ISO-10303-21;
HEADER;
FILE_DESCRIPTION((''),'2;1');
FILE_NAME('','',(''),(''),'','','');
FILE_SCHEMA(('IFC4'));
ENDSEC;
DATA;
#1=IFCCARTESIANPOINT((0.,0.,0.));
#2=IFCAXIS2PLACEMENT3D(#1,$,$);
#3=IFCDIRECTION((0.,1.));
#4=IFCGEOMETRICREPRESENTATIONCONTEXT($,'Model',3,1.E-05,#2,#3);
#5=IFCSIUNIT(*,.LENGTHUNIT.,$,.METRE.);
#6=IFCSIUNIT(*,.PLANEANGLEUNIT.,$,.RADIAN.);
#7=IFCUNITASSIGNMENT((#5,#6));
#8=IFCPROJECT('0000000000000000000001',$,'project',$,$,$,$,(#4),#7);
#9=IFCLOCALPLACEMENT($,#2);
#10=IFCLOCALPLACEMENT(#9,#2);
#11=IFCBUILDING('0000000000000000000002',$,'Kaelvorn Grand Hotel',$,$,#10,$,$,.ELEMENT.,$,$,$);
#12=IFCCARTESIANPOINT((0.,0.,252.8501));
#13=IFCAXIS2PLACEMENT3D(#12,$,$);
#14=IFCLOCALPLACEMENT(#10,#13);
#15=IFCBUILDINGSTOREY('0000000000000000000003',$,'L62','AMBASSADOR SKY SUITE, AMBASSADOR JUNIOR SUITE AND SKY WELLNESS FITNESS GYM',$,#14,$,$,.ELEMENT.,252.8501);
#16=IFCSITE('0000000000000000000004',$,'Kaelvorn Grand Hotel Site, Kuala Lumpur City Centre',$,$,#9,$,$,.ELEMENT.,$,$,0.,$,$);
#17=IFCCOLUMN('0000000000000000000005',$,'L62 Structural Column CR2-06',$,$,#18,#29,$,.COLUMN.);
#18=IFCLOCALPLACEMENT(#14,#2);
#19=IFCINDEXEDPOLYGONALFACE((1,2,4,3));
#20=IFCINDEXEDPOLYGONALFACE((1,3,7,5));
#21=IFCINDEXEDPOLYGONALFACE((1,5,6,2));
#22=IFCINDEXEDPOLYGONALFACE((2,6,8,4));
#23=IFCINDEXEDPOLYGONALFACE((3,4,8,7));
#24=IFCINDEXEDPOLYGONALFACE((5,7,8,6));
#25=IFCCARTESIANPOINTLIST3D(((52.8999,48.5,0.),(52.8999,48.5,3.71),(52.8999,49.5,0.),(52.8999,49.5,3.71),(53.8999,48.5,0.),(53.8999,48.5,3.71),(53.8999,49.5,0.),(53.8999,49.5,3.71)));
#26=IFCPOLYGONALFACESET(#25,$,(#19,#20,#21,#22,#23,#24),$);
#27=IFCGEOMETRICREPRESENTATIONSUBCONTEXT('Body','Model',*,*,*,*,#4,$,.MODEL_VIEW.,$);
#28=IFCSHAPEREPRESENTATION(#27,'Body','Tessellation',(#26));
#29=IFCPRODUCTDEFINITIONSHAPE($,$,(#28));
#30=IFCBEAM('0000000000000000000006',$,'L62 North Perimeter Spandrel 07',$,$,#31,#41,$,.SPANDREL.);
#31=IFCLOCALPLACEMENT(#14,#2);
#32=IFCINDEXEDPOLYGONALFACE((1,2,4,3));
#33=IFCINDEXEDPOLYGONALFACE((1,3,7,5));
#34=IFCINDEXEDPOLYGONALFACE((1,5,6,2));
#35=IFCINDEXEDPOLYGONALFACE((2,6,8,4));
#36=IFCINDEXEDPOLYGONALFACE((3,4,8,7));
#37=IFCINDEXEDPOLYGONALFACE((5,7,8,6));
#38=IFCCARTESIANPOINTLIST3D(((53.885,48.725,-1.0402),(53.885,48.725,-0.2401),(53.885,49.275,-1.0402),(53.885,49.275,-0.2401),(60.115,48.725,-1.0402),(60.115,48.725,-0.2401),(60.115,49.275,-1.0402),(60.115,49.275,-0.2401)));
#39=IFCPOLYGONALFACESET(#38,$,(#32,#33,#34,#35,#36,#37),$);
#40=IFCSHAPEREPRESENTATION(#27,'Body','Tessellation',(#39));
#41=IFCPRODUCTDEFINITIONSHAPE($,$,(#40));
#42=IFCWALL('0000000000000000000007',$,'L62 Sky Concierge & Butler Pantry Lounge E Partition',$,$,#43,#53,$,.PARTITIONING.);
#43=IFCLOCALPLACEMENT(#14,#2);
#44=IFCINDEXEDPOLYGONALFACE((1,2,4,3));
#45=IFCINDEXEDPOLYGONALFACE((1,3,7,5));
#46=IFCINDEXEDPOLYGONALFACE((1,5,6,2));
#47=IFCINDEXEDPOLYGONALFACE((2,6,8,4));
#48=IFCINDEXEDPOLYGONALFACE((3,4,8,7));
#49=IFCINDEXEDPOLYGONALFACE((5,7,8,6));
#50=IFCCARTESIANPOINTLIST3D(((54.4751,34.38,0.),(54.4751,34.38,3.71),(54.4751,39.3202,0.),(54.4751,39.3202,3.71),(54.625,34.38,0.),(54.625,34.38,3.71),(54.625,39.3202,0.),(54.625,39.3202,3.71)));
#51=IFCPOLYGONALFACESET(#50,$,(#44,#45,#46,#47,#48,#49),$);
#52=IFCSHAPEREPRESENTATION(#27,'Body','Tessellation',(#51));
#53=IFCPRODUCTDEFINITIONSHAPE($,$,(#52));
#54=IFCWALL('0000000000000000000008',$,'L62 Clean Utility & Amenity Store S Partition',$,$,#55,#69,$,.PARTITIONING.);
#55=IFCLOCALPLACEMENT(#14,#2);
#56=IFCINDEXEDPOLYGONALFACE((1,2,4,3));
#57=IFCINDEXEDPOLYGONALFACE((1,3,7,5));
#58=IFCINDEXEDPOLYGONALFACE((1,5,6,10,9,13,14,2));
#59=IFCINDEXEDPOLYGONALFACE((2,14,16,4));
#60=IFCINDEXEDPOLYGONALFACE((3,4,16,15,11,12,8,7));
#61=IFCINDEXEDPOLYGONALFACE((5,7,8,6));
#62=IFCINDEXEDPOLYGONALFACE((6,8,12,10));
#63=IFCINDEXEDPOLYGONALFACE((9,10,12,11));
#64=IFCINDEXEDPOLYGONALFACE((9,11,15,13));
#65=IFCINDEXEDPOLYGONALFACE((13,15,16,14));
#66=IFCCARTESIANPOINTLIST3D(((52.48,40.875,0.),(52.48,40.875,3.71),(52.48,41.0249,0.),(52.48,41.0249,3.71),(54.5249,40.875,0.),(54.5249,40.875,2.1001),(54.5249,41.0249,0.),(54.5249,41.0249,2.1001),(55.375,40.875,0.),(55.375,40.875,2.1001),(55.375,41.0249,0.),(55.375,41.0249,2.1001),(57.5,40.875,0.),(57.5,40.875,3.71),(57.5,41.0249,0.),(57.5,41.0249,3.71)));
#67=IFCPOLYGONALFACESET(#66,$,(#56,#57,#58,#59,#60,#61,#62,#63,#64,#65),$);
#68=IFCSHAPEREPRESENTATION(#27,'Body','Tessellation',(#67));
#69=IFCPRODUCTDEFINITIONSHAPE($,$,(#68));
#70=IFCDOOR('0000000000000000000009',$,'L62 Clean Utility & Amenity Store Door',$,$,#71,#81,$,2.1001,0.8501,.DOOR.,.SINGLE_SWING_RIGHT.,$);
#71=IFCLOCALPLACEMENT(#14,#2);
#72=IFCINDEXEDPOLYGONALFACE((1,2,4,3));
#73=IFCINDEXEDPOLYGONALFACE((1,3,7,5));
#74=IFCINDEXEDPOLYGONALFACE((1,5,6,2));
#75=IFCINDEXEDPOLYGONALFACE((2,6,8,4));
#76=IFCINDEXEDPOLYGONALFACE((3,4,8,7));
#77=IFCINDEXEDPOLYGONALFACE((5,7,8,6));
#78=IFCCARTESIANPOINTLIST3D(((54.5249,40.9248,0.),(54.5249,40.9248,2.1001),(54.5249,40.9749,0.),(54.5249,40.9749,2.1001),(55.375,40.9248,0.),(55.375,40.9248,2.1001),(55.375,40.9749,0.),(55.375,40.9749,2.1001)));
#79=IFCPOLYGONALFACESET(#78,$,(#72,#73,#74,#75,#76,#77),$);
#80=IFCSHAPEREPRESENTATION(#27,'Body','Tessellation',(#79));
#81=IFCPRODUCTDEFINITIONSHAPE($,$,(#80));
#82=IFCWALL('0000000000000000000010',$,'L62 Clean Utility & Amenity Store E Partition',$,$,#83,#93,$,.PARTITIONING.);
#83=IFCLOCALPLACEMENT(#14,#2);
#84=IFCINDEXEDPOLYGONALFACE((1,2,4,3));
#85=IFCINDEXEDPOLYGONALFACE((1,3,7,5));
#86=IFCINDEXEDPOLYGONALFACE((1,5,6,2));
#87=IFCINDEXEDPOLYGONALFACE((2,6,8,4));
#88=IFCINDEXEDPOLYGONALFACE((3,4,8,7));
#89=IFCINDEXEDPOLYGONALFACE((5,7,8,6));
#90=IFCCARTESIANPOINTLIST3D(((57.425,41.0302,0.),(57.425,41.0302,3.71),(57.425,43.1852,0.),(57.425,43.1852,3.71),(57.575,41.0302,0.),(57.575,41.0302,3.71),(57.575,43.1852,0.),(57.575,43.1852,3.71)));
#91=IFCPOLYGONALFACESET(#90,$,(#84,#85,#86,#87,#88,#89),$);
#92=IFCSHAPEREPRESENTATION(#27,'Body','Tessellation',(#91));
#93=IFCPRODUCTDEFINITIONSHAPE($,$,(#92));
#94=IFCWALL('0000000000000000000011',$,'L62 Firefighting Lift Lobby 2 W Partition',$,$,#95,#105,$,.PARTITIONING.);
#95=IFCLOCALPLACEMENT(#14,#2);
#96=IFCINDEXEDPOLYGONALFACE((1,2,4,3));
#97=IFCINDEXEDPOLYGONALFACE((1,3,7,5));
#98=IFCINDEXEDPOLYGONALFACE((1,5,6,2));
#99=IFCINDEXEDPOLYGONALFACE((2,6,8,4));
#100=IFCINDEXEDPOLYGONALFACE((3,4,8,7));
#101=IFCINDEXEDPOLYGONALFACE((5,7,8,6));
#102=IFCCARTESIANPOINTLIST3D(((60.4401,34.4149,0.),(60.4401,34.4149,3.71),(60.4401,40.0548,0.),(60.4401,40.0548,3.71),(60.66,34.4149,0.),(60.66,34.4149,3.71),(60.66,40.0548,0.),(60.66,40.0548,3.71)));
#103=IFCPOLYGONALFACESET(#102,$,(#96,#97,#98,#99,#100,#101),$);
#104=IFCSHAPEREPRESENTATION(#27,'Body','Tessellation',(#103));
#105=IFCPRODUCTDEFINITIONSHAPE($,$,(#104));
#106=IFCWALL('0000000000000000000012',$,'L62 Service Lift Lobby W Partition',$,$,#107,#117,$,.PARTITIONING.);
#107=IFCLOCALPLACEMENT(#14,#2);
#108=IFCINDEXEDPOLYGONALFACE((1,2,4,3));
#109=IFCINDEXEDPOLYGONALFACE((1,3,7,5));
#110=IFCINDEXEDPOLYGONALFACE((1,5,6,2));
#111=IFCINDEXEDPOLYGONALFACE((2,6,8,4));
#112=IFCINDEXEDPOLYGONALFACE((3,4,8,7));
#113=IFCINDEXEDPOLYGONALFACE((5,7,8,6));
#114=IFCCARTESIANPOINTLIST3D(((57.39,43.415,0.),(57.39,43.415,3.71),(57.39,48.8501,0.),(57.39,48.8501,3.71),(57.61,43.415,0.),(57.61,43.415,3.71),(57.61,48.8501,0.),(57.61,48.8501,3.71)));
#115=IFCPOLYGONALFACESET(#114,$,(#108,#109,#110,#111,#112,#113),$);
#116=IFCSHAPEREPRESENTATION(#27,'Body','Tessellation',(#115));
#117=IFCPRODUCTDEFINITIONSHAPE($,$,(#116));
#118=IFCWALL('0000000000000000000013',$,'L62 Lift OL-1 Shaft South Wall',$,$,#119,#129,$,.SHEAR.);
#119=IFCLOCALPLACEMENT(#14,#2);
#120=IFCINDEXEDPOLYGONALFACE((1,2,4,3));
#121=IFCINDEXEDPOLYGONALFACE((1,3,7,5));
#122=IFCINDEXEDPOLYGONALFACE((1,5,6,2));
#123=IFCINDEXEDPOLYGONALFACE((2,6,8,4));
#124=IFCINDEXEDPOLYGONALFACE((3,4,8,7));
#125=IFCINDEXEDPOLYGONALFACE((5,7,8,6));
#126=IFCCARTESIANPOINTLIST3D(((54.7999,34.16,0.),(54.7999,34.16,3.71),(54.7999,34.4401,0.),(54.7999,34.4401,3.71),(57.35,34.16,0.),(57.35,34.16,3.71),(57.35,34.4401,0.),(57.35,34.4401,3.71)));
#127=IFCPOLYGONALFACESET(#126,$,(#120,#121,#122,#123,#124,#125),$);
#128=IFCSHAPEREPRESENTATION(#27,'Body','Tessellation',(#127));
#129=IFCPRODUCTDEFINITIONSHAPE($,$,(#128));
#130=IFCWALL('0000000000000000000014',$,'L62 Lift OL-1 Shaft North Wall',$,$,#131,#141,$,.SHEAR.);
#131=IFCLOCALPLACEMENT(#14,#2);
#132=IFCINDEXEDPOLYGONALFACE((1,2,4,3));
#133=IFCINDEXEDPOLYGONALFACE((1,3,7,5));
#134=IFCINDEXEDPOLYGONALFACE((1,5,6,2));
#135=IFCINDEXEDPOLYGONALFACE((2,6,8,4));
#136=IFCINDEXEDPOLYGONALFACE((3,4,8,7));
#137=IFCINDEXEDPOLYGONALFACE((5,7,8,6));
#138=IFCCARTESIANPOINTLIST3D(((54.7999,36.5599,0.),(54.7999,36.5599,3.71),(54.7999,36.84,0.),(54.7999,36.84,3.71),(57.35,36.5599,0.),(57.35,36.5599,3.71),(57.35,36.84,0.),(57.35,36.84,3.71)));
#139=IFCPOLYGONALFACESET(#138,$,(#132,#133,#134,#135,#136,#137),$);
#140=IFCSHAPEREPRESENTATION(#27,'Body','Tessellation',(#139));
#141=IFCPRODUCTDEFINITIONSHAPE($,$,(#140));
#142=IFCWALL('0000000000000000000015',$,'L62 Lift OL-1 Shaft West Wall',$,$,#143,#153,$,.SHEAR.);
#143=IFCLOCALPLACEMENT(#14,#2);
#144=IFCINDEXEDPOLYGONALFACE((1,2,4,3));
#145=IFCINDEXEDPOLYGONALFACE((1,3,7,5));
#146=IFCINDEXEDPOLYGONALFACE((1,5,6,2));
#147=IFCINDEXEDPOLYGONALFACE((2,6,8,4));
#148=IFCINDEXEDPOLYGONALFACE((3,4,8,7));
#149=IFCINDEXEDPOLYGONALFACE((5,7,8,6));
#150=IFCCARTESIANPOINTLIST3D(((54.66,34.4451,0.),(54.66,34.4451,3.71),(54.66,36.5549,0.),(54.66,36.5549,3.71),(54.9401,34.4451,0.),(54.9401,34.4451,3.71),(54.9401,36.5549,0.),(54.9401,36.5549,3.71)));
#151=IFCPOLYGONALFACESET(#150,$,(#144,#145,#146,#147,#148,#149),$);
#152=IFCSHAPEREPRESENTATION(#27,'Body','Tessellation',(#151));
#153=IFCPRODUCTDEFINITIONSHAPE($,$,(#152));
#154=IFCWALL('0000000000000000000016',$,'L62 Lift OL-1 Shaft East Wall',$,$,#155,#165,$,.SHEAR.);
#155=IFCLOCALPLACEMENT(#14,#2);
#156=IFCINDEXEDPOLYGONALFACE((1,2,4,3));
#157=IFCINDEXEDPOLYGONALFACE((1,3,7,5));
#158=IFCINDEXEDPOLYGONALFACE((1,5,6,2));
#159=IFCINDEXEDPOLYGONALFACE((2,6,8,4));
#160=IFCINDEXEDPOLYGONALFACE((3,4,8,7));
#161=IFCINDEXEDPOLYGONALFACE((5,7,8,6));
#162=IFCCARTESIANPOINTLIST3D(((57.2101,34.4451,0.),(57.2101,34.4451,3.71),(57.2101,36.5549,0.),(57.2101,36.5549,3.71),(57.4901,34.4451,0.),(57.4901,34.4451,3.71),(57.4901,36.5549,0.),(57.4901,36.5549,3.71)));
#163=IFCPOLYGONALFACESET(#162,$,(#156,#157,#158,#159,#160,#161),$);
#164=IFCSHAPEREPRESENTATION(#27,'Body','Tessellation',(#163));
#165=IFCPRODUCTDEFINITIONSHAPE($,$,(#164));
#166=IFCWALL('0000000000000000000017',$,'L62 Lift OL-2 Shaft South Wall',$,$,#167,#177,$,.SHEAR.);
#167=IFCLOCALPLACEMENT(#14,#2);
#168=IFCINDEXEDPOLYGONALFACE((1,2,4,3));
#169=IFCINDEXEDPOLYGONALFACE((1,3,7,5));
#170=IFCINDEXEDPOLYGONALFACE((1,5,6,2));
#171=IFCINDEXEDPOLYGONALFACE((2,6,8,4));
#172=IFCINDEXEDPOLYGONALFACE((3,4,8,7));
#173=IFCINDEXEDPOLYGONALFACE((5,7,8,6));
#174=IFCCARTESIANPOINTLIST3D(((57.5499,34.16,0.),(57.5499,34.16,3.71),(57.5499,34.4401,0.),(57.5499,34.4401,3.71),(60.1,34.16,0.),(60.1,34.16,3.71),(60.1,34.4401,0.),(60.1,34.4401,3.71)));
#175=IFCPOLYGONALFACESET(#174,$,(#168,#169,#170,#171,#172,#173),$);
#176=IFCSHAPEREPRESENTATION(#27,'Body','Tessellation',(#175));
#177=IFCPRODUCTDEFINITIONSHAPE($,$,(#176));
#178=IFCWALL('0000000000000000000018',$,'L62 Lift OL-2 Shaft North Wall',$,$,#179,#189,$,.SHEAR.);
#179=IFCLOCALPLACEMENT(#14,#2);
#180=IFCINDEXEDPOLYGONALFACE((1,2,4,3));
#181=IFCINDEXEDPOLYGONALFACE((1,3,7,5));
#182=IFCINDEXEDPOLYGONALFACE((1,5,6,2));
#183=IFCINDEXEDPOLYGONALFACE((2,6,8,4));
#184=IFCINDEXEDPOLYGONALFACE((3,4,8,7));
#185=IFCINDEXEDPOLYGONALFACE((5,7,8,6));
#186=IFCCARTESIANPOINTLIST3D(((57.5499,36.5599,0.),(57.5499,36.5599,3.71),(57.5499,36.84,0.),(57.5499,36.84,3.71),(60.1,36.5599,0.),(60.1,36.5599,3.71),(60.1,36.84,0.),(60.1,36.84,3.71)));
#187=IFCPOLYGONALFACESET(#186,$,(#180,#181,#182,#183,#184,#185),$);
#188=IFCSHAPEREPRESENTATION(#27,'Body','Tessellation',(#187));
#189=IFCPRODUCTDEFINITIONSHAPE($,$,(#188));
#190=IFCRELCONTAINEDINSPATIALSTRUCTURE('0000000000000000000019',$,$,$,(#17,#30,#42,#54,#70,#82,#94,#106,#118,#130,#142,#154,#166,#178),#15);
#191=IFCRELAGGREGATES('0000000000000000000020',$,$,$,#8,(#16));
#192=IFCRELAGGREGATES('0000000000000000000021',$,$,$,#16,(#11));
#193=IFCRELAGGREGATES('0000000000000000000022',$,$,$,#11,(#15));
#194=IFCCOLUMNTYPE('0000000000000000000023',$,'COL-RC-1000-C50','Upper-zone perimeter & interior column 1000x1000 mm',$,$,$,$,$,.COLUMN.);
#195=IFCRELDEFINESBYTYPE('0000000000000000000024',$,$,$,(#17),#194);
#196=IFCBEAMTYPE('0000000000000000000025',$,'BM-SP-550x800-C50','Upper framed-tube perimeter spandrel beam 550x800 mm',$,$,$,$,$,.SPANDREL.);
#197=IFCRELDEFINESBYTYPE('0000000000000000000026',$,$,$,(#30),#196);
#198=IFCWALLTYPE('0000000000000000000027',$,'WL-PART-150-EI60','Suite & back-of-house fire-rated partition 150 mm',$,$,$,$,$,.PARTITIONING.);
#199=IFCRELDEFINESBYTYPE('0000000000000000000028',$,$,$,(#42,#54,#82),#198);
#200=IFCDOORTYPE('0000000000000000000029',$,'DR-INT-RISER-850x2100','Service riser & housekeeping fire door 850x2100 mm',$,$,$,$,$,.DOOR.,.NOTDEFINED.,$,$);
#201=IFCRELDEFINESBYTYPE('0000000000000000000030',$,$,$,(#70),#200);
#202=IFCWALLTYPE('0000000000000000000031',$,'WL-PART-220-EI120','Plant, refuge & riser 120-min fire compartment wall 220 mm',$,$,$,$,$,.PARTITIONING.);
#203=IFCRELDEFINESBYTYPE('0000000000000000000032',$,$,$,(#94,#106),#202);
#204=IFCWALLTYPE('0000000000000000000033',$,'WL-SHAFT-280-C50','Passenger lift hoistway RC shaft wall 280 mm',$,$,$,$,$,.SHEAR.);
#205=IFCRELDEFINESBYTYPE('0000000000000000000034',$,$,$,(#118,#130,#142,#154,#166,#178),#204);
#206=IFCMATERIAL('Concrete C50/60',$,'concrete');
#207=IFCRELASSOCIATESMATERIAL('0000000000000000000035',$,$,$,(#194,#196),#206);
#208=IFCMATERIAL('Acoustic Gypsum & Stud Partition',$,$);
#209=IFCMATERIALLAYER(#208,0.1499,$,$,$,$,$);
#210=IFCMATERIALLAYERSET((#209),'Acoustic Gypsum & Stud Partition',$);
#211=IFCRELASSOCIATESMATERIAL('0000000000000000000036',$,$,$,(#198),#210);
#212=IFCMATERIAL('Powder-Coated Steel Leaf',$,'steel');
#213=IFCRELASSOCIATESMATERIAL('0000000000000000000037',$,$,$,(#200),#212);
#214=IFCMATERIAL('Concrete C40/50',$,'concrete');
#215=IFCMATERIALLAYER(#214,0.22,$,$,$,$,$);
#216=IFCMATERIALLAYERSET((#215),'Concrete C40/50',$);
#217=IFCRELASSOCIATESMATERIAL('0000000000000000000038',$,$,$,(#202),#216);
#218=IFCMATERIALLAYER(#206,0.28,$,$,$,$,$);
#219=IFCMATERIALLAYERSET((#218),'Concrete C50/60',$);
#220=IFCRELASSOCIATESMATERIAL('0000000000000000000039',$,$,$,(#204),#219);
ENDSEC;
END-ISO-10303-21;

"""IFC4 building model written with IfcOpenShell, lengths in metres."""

from ifc_helpers import new_model, si_unit, direction, frame, frame_2d, origin, origin_2d, place, context, subcontext, project, spatial, rectangle, extrude, material, layer, layer_set, material_profile, profile_set, type_object, element, fill, save


model = new_model("IFC4")

# Units and contexts
model_context = context("Model", 3, precision=1e-05, world=origin(), true_north=direction((0.0, 1.0)))
body_context = subcontext(model_context, "Body", "Model", "MODEL_VIEW")
ifc_project = project(units=[si_unit("LENGTHUNIT", "METRE"), si_unit("PLANEANGLEUNIT", "RADIAN")], contexts=[model_context])

# Site, building, storey
site_placement = place(None, origin())
site = spatial("IfcSite", under=ifc_project, at=site_placement, Name="Kaelvorn Grand Hotel Site, Kuala Lumpur City Centre", CompositionType="ELEMENT", RefElevation=0.0)
building_placement = place(site_placement, origin())
building = spatial("IfcBuilding", under=site, at=building_placement, Name="Kaelvorn Grand Hotel", CompositionType="ELEMENT")
storey_placement = place(building_placement, frame((0.0, 0.0, 252.8501)))
storey = spatial("IfcBuildingStorey", under=building, at=storey_placement, Name="L62", Description="AMBASSADOR SKY SUITE, AMBASSADOR JUNIOR SUITE AND SKY WELLNESS FITNESS GYM", CompositionType="ELEMENT", Elevation=252.8501)

# Column
ifc_material_1 = material(Name="Concrete C50/60", Category="concrete")
ifc_material_profile_1 = material_profile(ifc_material_1, rectangle(XDim=1.0, YDim=1.0, at=origin_2d()), Name="RC COL 1000x1000")
ifc_profile_set_1 = profile_set([ifc_material_profile_1], Name="Concrete C50/60")
column_type = type_object("IfcColumnType", Name="COL-RC-1000-C50", Description="Upper-zone perimeter & interior column 1000x1000 mm", PredefinedType="COLUMN", material=ifc_profile_set_1)
column_placement = place(storey_placement, frame((53.3999, 49.0, 0.0), z_axis=(0.0, 0.0, 1.0), x_axis=(1.0, 0.0, 0.0)))
element("IfcColumn", 1, at=column_placement, inside=storey, type_object=column_type, Name="L62 Structural Column CR2-06", PredefinedType="COLUMN", context=body_context, shape_type="SweptSolid", body=[
    extrude(rectangle(XDim=1.0, YDim=1.0, at=origin_2d()), origin(), (0.0, 0.0, 1.0), 3.71),
])

# Beam
ifc_material_profile_2 = material_profile(ifc_material_1, rectangle(XDim=0.55, YDim=0.8, at=origin_2d()), Name="RC SPANDREL 550x800")
ifc_profile_set_2 = profile_set([ifc_material_profile_2], Name="Concrete C50/60")
beam_type = type_object("IfcBeamType", Name="BM-SP-550x800-C50", Description="Upper framed-tube perimeter spandrel beam 550x800 mm", PredefinedType="SPANDREL", material=ifc_profile_set_2)
beam_placement = place(storey_placement, frame((53.885, 49.0, -0.6401), z_axis=(1.0, 0.0, 0.0), x_axis=(0.0, 1.0, 0.0)))
element("IfcBeam", 2, at=beam_placement, inside=storey, type_object=beam_type, Name="L62 North Perimeter Spandrel 07", PredefinedType="SPANDREL", context=body_context, shape_type="SweptSolid", body=[
    extrude(rectangle(XDim=0.55, YDim=0.8, at=origin_2d()), origin(), (0.0, 0.0, 1.0), 6.23),
])

# Wall
ifc_material_2 = material(Name="Acoustic Gypsum & Stud Partition")
ifc_layer_1 = layer(ifc_material_2, 0.1499)
ifc_layer_set_1 = layer_set([ifc_layer_1], Name="Acoustic Gypsum & Stud Partition")
wall_type_1 = type_object("IfcWallType", Name="WL-PART-150-EI60", Description="Suite & back-of-house fire-rated partition 150 mm", PredefinedType="PARTITIONING", material=ifc_layer_set_1)
wall_1_placement = place(storey_placement, frame((54.55, 34.3799, 0.0), z_axis=(0.0, 0.0, 1.0), x_axis=(0.0, 1.0, 0.0)))
element("IfcWall", 3, at=wall_1_placement, inside=storey, type_object=wall_type_1, Name="L62 Sky Concierge & Butler Pantry Lounge E Partition", PredefinedType="PARTITIONING", context=body_context, shape_type="SweptSolid", body=[
    extrude(rectangle(XDim=4.9402, YDim=0.1499, at=frame_2d((2.4702, 0.0))), origin(), (0.0, 0.0, 1.0), 3.71),
])

# Wall, opening, door
wall_2_placement = place(storey_placement, frame((52.48, 40.95, 0.0), z_axis=(0.0, 0.0, 1.0), x_axis=(1.0, 0.0, 0.0)))
wall_2 = element("IfcWall", 4, at=wall_2_placement, inside=storey, type_object=wall_type_1, Name="L62 Clean Utility & Amenity Store S Partition", PredefinedType="PARTITIONING", context=body_context, shape_type="SweptSolid", body=[
    extrude(rectangle(XDim=5.02, YDim=0.1499, at=frame_2d((2.51, 0.0))), origin(), (0.0, 0.0, 1.0), 3.71),
])
opening_1_placement = place(wall_2_placement, frame((2.0449, 0.0, 0.0)))
opening_1 = element("IfcOpeningElement", 5, at=opening_1_placement, cuts=wall_2, PredefinedType="OPENING", context=body_context, shape_type="SweptSolid", body=[
    extrude(rectangle(XDim=0.8501, YDim=2.1001, at=frame_2d((0.425, 1.05))), frame((0.0, 0.085, 0.0), z_axis=(0.0, -1.0, 0.0), x_axis=(1.0, 0.0, 0.0)), (0.0, 0.0, 1.0), 0.1699),
])
ifc_material_3 = material(Name="Powder-Coated Steel Leaf", Category="steel")
door_type_1 = type_object("IfcDoorType", Name="DR-INT-RISER-850x2100", Description="Service riser & housekeeping fire door 850x2100 mm", OperationType="NOTDEFINED", PredefinedType="DOOR", material=ifc_material_3)
door_1_placement = place(opening_1_placement, origin())
door_1 = element("IfcDoor", 6, at=door_1_placement, inside=storey, type_object=door_type_1, Name="L62 Clean Utility & Amenity Store Door", OperationType="SINGLE_SWING_RIGHT", OverallHeight=2.1001, OverallWidth=0.8501, PredefinedType="DOOR", context=body_context, shape_type="SweptSolid", body=[
    extrude(rectangle(XDim=0.8501, YDim=2.1001, at=frame_2d((0.425, 1.05))), frame((0.0, 0.0249, 0.0), z_axis=(0.0, -1.0, 0.0), x_axis=(1.0, 0.0, 0.0)), (0.0, 0.0, 1.0), 0.05),
])
fill(opening_1, door_1)

# Wall
wall_3_placement = place(storey_placement, frame((57.5, 41.03, 0.0), z_axis=(0.0, 0.0, 1.0), x_axis=(0.0, 1.0, 0.0)))
element("IfcWall", 7, at=wall_3_placement, inside=storey, type_object=wall_type_1, Name="L62 Clean Utility & Amenity Store E Partition", PredefinedType="PARTITIONING", context=body_context, shape_type="SweptSolid", body=[
    extrude(rectangle(XDim=2.155, YDim=0.1499, at=frame_2d((1.0776, 0.0))), origin(), (0.0, 0.0, 1.0), 3.71),
])

# Shared definitions
ifc_material_4 = material(Name="Concrete C40/50", Category="concrete")
ifc_layer_2 = layer(ifc_material_4, 0.22)
ifc_layer_set_2 = layer_set([ifc_layer_2], Name="Concrete C40/50")
wall_type_2 = type_object("IfcWallType", Name="WL-PART-220-EI120", Description="Plant, refuge & riser 120-min fire compartment wall 220 mm", PredefinedType="PARTITIONING", material=ifc_layer_set_2)

# Wall
wall_4_placement = place(storey_placement, frame((60.55, 34.415, 0.0), z_axis=(0.0, 0.0, 1.0), x_axis=(0.0, 1.0, 0.0)))
element("IfcWall", 8, at=wall_4_placement, inside=storey, type_object=wall_type_2, Name="L62 Firefighting Lift Lobby 2 W Partition", PredefinedType="PARTITIONING", context=body_context, shape_type="SweptSolid", body=[
    extrude(rectangle(XDim=5.6399, YDim=0.22, at=frame_2d((2.8198, 0.0))), origin(), (0.0, 0.0, 1.0), 3.71),
])

# Walls
wall_5_placement = place(storey_placement, frame((57.5, 43.415, 0.0), z_axis=(0.0, 0.0, 1.0), x_axis=(0.0, 1.0, 0.0)))
element("IfcWall", 9, at=wall_5_placement, inside=storey, type_object=wall_type_2, Name="L62 Service Lift Lobby W Partition", PredefinedType="PARTITIONING", context=body_context, shape_type="SweptSolid", body=[
    extrude(rectangle(XDim=5.4351, YDim=0.22, at=frame_2d((2.7175, 0.0))), origin(), (0.0, 0.0, 1.0), 3.71),
])
ifc_layer_3 = layer(ifc_material_1, 0.28)
ifc_layer_set_3 = layer_set([ifc_layer_3], Name="Concrete C50/60")
wall_type_3 = type_object("IfcWallType", Name="WL-SHAFT-280-C50", Description="Passenger lift hoistway RC shaft wall 280 mm", PredefinedType="SHEAR", material=ifc_layer_set_3)
for number, where, z_axis, x_axis, name in (
    (10, (54.8, 34.3, 0.0), (0.0, 0.0, 1.0), (1.0, 0.0, 0.0), "L62 Lift OL-1 Shaft South Wall"),
    (11, (54.8, 36.7, 0.0), (0.0, 0.0, 1.0), (1.0, 0.0, 0.0), "L62 Lift OL-1 Shaft North Wall"),
):
    element("IfcWall", number, at=place(storey_placement, frame(where, z_axis=z_axis, x_axis=x_axis)), inside=storey, type_object=wall_type_3, Name=name, PredefinedType="SHEAR", context=body_context, shape_type="SweptSolid", body=[
        extrude(rectangle(XDim=2.55, YDim=0.28, at=frame_2d((1.2749, 0.0))), origin(), (0.0, 0.0, 1.0), 3.71),
    ])
for number, where, z_axis, x_axis, name in (
    (12, (54.8, 34.4451, 0.0), (0.0, 0.0, 1.0), (0.0, 1.0, 0.0), "L62 Lift OL-1 Shaft West Wall"),
    (13, (57.3501, 34.4451, 0.0), (0.0, 0.0, 1.0), (0.0, 1.0, 0.0), "L62 Lift OL-1 Shaft East Wall"),
):
    element("IfcWall", number, at=place(storey_placement, frame(where, z_axis=z_axis, x_axis=x_axis)), inside=storey, type_object=wall_type_3, Name=name, PredefinedType="SHEAR", context=body_context, shape_type="SweptSolid", body=[
        extrude(rectangle(XDim=2.1099, YDim=0.28, at=frame_2d((1.0549, 0.0))), origin(), (0.0, 0.0, 1.0), 3.71),
    ])
for number, where, z_axis, x_axis, name in (
    (14, (57.55, 34.3, 0.0), (0.0, 0.0, 1.0), (1.0, 0.0, 0.0), "L62 Lift OL-2 Shaft South Wall"),
    (15, (57.55, 36.7, 0.0), (0.0, 0.0, 1.0), (1.0, 0.0, 0.0), "L62 Lift OL-2 Shaft North Wall"),
):
    element("IfcWall", number, at=place(storey_placement, frame(where, z_axis=z_axis, x_axis=x_axis)), inside=storey, type_object=wall_type_3, Name=name, PredefinedType="SHEAR", context=body_context, shape_type="SweptSolid", body=[
        extrude(rectangle(XDim=2.55, YDim=0.28, at=frame_2d((1.2749, 0.0))), origin(), (0.0, 0.0, 1.0), 3.71),
    ])

save(model, "model.ifc")
